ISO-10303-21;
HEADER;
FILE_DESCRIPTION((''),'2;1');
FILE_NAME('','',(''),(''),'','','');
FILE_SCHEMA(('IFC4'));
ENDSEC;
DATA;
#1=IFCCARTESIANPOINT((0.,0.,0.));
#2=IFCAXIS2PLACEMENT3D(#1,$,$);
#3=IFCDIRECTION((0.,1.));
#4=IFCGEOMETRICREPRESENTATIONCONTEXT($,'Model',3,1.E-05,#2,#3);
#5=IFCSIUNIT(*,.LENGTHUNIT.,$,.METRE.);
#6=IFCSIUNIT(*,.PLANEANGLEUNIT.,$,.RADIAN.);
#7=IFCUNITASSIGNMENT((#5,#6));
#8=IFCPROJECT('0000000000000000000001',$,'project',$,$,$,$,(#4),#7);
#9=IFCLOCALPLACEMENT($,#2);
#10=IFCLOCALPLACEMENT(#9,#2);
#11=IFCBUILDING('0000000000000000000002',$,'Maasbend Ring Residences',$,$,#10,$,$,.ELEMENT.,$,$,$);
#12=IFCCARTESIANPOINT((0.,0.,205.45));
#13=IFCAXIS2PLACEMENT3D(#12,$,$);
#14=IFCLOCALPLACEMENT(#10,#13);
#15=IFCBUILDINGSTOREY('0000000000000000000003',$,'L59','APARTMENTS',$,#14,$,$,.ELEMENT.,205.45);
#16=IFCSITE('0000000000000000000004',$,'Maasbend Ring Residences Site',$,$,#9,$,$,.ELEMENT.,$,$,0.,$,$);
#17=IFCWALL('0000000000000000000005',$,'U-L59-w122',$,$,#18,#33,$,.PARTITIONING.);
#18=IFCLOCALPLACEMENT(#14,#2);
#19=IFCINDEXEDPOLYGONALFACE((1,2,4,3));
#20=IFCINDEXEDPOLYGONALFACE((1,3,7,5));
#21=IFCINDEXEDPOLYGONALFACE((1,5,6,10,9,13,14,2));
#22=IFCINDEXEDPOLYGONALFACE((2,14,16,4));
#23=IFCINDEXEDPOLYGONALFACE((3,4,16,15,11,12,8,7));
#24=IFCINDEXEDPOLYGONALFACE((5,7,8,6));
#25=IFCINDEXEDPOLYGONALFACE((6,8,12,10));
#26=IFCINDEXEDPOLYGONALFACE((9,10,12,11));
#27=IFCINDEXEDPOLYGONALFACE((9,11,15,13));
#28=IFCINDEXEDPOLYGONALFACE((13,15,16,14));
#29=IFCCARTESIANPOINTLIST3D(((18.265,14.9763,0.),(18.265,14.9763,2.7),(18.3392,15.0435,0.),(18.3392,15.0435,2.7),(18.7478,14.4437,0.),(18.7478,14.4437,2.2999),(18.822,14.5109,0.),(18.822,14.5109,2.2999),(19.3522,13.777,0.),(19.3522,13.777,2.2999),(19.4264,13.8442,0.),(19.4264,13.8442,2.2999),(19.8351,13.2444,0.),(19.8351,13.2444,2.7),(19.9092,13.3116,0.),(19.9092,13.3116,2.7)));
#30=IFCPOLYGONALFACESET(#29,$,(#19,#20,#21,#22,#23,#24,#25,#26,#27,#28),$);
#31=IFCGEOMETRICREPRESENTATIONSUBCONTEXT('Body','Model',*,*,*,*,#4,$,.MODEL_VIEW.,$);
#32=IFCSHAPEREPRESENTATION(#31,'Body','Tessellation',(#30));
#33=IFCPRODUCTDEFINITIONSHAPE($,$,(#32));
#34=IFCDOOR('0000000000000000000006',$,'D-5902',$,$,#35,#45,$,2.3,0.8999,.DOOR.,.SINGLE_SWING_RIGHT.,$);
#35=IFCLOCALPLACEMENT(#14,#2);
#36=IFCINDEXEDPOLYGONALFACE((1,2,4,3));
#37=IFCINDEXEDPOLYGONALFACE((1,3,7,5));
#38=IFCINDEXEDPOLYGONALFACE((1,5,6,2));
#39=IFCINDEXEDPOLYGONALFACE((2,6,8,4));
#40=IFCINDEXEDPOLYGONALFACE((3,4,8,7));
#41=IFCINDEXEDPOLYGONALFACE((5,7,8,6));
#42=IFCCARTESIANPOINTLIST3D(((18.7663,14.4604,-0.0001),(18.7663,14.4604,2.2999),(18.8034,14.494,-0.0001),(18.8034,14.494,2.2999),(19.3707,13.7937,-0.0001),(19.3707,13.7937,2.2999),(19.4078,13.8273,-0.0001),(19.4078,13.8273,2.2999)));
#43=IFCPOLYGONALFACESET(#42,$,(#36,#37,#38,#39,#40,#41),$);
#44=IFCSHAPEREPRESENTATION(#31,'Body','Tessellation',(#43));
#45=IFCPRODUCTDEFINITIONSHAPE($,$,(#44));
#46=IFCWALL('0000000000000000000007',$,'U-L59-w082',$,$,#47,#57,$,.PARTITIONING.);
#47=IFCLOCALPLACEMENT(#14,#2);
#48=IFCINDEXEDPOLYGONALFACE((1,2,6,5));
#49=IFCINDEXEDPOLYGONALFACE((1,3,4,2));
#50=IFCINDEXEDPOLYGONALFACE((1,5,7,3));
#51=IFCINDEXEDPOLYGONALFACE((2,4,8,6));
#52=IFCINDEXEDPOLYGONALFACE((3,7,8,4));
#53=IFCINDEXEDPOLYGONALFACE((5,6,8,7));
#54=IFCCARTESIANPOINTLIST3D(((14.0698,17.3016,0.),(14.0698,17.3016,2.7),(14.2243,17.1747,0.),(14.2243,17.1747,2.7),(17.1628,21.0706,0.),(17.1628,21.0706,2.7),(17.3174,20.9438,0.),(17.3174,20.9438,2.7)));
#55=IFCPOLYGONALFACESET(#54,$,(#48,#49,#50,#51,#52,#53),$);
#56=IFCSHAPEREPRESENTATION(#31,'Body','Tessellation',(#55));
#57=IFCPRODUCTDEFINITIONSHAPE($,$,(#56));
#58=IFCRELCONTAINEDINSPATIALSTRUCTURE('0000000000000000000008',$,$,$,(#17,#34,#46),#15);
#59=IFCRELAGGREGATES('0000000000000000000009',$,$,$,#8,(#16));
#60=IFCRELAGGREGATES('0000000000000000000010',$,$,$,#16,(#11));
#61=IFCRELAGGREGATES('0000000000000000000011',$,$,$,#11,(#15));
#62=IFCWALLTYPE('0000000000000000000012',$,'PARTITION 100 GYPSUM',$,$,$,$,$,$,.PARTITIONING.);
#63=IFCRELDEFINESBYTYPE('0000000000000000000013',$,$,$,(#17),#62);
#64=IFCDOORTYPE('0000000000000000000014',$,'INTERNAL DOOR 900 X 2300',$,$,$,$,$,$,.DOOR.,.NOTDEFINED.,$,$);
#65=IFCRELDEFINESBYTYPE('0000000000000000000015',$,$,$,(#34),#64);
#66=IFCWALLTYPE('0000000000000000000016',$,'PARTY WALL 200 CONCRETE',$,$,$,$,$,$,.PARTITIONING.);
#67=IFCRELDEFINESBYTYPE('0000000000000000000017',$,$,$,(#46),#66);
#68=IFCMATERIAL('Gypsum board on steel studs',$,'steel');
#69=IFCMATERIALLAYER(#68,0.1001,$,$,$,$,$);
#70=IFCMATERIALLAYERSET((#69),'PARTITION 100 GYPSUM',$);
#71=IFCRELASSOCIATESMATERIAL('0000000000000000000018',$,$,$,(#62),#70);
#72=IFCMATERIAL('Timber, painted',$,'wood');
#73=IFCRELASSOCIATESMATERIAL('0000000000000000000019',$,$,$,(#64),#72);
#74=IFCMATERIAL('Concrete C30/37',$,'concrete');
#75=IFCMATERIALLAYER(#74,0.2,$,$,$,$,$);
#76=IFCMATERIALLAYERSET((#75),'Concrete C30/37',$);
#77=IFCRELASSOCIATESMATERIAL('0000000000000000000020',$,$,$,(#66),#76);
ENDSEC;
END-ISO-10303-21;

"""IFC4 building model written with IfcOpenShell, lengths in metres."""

from ifc_helpers import new_model, si_unit, direction, frame, frame_2d, origin, place, context, subcontext, project, spatial, rectangle, extrude, material, layer, layer_set, type_object, element, fill, save


model = new_model("IFC4")

# Units and contexts
model_context = context("Model", 3, precision=1e-05, world=origin(), true_north=direction((0.0, 1.0)))
body_context = subcontext(model_context, "Body", "Model", "MODEL_VIEW")
ifc_project = project(units=[si_unit("LENGTHUNIT", "METRE"), si_unit("PLANEANGLEUNIT", "RADIAN")], contexts=[model_context])

# Site, building, storey
site_placement = place(None, origin())
site = spatial("IfcSite", under=ifc_project, at=site_placement, Name="Maasbend Ring Residences Site", CompositionType="ELEMENT", RefElevation=0.0)
building_placement = place(site_placement, origin())
building = spatial("IfcBuilding", under=site, at=building_placement, Name="Maasbend Ring Residences", CompositionType="ELEMENT")
storey_placement = place(building_placement, frame((0.0, 0.0, 205.45)))
storey = spatial("IfcBuildingStorey", under=building, at=storey_placement, Name="L59", Description="APARTMENTS", CompositionType="ELEMENT", Elevation=205.45)

# Shared definitions
ifc_material_1 = material(Name="Gypsum board on steel studs", Category="steel")
ifc_layer_1 = layer(ifc_material_1, 0.1001)
ifc_layer_set_1 = layer_set([ifc_layer_1], Name="PARTITION 100 GYPSUM")
wall_type_1 = type_object("IfcWallType", Name="PARTITION 100 GYPSUM", PredefinedType="PARTITIONING", material=ifc_layer_set_1)
ifc_material_2 = material(Name="Timber, painted", Category="wood")
door_type_1 = type_object("IfcDoorType", Name="INTERNAL DOOR 900 X 2300", OperationType="NOTDEFINED", PredefinedType="DOOR", material=ifc_material_2)

# Wall, opening, door
wall_1_placement = place(storey_placement, frame((18.302, 15.01, 0.0), z_axis=(0.0, 0.0, 1.0), x_axis=(0.671638, -0.74088, 0.0)))
wall_1 = element("IfcWall", 1, at=wall_1_placement, inside=storey, type_object=wall_type_1, Name="U-L59-w122", PredefinedType="PARTITIONING", context=body_context, shape_type="SweptSolid", body=[
    extrude(rectangle(XDim=2.3376, YDim=0.1001, at=frame_2d((1.1689, 0.0))), origin(), (0.0, 0.0, 1.0), 2.7),
])
opening_1_placement = place(wall_1_placement, frame((0.719, 0.0, 0.0)))
opening_1 = element("IfcOpeningElement", 2, at=opening_1_placement, cuts=wall_1, PredefinedType="OPENING", context=body_context, shape_type="SweptSolid", body=[
    extrude(rectangle(XDim=0.8999, YDim=2.3, at=frame_2d((0.45, 1.1499))), frame((0.0, 0.0601, 0.0), z_axis=(0.0, -1.0, 0.0), x_axis=(1.0, 0.0, 0.0)), (0.0, 0.0, 1.0), 0.1201),
])
door_1_placement = place(opening_1_placement, origin())
door_1 = element("IfcDoor", 3, at=door_1_placement, inside=storey, type_object=door_type_1, Name="D-5902", OperationType="SINGLE_SWING_RIGHT", OverallHeight=2.3, OverallWidth=0.8999, PredefinedType="DOOR", context=body_context, shape_type="SweptSolid", body=[
    extrude(rectangle(XDim=0.8999, YDim=2.3, at=frame_2d((0.45, 1.1499))), frame((0.0, 0.0249, 0.0), z_axis=(0.0, -1.0, 0.0), x_axis=(1.0, 0.0, 0.0)), (0.0, 0.0, 1.0), 0.05),
])
fill(opening_1, door_1)

# Wall
ifc_material_3 = material(Name="Concrete C30/37", Category="concrete")
ifc_layer_2 = layer(ifc_material_3, 0.2)
ifc_layer_set_2 = layer_set([ifc_layer_2], Name="Concrete C30/37")
wall_type_2 = type_object("IfcWallType", Name="PARTY WALL 200 CONCRETE", PredefinedType="PARTITIONING", material=ifc_layer_set_2)
wall_2_placement = place(storey_placement, frame((14.147, 17.238, 0.0), z_axis=(0.0, 0.0, 1.0), x_axis=(0.634374, 0.773026, 0.0)))
element("IfcWall", 4, at=wall_2_placement, inside=storey, type_object=wall_type_2, Name="U-L59-w082", PredefinedType="PARTITIONING", context=body_context, shape_type="SweptSolid", body=[
    extrude(rectangle(XDim=4.8757, YDim=0.2, at=frame_2d((2.438, 0.0))), origin(), (0.0, 0.0, 1.0), 2.7),
])

save(model, "model.ifc")
